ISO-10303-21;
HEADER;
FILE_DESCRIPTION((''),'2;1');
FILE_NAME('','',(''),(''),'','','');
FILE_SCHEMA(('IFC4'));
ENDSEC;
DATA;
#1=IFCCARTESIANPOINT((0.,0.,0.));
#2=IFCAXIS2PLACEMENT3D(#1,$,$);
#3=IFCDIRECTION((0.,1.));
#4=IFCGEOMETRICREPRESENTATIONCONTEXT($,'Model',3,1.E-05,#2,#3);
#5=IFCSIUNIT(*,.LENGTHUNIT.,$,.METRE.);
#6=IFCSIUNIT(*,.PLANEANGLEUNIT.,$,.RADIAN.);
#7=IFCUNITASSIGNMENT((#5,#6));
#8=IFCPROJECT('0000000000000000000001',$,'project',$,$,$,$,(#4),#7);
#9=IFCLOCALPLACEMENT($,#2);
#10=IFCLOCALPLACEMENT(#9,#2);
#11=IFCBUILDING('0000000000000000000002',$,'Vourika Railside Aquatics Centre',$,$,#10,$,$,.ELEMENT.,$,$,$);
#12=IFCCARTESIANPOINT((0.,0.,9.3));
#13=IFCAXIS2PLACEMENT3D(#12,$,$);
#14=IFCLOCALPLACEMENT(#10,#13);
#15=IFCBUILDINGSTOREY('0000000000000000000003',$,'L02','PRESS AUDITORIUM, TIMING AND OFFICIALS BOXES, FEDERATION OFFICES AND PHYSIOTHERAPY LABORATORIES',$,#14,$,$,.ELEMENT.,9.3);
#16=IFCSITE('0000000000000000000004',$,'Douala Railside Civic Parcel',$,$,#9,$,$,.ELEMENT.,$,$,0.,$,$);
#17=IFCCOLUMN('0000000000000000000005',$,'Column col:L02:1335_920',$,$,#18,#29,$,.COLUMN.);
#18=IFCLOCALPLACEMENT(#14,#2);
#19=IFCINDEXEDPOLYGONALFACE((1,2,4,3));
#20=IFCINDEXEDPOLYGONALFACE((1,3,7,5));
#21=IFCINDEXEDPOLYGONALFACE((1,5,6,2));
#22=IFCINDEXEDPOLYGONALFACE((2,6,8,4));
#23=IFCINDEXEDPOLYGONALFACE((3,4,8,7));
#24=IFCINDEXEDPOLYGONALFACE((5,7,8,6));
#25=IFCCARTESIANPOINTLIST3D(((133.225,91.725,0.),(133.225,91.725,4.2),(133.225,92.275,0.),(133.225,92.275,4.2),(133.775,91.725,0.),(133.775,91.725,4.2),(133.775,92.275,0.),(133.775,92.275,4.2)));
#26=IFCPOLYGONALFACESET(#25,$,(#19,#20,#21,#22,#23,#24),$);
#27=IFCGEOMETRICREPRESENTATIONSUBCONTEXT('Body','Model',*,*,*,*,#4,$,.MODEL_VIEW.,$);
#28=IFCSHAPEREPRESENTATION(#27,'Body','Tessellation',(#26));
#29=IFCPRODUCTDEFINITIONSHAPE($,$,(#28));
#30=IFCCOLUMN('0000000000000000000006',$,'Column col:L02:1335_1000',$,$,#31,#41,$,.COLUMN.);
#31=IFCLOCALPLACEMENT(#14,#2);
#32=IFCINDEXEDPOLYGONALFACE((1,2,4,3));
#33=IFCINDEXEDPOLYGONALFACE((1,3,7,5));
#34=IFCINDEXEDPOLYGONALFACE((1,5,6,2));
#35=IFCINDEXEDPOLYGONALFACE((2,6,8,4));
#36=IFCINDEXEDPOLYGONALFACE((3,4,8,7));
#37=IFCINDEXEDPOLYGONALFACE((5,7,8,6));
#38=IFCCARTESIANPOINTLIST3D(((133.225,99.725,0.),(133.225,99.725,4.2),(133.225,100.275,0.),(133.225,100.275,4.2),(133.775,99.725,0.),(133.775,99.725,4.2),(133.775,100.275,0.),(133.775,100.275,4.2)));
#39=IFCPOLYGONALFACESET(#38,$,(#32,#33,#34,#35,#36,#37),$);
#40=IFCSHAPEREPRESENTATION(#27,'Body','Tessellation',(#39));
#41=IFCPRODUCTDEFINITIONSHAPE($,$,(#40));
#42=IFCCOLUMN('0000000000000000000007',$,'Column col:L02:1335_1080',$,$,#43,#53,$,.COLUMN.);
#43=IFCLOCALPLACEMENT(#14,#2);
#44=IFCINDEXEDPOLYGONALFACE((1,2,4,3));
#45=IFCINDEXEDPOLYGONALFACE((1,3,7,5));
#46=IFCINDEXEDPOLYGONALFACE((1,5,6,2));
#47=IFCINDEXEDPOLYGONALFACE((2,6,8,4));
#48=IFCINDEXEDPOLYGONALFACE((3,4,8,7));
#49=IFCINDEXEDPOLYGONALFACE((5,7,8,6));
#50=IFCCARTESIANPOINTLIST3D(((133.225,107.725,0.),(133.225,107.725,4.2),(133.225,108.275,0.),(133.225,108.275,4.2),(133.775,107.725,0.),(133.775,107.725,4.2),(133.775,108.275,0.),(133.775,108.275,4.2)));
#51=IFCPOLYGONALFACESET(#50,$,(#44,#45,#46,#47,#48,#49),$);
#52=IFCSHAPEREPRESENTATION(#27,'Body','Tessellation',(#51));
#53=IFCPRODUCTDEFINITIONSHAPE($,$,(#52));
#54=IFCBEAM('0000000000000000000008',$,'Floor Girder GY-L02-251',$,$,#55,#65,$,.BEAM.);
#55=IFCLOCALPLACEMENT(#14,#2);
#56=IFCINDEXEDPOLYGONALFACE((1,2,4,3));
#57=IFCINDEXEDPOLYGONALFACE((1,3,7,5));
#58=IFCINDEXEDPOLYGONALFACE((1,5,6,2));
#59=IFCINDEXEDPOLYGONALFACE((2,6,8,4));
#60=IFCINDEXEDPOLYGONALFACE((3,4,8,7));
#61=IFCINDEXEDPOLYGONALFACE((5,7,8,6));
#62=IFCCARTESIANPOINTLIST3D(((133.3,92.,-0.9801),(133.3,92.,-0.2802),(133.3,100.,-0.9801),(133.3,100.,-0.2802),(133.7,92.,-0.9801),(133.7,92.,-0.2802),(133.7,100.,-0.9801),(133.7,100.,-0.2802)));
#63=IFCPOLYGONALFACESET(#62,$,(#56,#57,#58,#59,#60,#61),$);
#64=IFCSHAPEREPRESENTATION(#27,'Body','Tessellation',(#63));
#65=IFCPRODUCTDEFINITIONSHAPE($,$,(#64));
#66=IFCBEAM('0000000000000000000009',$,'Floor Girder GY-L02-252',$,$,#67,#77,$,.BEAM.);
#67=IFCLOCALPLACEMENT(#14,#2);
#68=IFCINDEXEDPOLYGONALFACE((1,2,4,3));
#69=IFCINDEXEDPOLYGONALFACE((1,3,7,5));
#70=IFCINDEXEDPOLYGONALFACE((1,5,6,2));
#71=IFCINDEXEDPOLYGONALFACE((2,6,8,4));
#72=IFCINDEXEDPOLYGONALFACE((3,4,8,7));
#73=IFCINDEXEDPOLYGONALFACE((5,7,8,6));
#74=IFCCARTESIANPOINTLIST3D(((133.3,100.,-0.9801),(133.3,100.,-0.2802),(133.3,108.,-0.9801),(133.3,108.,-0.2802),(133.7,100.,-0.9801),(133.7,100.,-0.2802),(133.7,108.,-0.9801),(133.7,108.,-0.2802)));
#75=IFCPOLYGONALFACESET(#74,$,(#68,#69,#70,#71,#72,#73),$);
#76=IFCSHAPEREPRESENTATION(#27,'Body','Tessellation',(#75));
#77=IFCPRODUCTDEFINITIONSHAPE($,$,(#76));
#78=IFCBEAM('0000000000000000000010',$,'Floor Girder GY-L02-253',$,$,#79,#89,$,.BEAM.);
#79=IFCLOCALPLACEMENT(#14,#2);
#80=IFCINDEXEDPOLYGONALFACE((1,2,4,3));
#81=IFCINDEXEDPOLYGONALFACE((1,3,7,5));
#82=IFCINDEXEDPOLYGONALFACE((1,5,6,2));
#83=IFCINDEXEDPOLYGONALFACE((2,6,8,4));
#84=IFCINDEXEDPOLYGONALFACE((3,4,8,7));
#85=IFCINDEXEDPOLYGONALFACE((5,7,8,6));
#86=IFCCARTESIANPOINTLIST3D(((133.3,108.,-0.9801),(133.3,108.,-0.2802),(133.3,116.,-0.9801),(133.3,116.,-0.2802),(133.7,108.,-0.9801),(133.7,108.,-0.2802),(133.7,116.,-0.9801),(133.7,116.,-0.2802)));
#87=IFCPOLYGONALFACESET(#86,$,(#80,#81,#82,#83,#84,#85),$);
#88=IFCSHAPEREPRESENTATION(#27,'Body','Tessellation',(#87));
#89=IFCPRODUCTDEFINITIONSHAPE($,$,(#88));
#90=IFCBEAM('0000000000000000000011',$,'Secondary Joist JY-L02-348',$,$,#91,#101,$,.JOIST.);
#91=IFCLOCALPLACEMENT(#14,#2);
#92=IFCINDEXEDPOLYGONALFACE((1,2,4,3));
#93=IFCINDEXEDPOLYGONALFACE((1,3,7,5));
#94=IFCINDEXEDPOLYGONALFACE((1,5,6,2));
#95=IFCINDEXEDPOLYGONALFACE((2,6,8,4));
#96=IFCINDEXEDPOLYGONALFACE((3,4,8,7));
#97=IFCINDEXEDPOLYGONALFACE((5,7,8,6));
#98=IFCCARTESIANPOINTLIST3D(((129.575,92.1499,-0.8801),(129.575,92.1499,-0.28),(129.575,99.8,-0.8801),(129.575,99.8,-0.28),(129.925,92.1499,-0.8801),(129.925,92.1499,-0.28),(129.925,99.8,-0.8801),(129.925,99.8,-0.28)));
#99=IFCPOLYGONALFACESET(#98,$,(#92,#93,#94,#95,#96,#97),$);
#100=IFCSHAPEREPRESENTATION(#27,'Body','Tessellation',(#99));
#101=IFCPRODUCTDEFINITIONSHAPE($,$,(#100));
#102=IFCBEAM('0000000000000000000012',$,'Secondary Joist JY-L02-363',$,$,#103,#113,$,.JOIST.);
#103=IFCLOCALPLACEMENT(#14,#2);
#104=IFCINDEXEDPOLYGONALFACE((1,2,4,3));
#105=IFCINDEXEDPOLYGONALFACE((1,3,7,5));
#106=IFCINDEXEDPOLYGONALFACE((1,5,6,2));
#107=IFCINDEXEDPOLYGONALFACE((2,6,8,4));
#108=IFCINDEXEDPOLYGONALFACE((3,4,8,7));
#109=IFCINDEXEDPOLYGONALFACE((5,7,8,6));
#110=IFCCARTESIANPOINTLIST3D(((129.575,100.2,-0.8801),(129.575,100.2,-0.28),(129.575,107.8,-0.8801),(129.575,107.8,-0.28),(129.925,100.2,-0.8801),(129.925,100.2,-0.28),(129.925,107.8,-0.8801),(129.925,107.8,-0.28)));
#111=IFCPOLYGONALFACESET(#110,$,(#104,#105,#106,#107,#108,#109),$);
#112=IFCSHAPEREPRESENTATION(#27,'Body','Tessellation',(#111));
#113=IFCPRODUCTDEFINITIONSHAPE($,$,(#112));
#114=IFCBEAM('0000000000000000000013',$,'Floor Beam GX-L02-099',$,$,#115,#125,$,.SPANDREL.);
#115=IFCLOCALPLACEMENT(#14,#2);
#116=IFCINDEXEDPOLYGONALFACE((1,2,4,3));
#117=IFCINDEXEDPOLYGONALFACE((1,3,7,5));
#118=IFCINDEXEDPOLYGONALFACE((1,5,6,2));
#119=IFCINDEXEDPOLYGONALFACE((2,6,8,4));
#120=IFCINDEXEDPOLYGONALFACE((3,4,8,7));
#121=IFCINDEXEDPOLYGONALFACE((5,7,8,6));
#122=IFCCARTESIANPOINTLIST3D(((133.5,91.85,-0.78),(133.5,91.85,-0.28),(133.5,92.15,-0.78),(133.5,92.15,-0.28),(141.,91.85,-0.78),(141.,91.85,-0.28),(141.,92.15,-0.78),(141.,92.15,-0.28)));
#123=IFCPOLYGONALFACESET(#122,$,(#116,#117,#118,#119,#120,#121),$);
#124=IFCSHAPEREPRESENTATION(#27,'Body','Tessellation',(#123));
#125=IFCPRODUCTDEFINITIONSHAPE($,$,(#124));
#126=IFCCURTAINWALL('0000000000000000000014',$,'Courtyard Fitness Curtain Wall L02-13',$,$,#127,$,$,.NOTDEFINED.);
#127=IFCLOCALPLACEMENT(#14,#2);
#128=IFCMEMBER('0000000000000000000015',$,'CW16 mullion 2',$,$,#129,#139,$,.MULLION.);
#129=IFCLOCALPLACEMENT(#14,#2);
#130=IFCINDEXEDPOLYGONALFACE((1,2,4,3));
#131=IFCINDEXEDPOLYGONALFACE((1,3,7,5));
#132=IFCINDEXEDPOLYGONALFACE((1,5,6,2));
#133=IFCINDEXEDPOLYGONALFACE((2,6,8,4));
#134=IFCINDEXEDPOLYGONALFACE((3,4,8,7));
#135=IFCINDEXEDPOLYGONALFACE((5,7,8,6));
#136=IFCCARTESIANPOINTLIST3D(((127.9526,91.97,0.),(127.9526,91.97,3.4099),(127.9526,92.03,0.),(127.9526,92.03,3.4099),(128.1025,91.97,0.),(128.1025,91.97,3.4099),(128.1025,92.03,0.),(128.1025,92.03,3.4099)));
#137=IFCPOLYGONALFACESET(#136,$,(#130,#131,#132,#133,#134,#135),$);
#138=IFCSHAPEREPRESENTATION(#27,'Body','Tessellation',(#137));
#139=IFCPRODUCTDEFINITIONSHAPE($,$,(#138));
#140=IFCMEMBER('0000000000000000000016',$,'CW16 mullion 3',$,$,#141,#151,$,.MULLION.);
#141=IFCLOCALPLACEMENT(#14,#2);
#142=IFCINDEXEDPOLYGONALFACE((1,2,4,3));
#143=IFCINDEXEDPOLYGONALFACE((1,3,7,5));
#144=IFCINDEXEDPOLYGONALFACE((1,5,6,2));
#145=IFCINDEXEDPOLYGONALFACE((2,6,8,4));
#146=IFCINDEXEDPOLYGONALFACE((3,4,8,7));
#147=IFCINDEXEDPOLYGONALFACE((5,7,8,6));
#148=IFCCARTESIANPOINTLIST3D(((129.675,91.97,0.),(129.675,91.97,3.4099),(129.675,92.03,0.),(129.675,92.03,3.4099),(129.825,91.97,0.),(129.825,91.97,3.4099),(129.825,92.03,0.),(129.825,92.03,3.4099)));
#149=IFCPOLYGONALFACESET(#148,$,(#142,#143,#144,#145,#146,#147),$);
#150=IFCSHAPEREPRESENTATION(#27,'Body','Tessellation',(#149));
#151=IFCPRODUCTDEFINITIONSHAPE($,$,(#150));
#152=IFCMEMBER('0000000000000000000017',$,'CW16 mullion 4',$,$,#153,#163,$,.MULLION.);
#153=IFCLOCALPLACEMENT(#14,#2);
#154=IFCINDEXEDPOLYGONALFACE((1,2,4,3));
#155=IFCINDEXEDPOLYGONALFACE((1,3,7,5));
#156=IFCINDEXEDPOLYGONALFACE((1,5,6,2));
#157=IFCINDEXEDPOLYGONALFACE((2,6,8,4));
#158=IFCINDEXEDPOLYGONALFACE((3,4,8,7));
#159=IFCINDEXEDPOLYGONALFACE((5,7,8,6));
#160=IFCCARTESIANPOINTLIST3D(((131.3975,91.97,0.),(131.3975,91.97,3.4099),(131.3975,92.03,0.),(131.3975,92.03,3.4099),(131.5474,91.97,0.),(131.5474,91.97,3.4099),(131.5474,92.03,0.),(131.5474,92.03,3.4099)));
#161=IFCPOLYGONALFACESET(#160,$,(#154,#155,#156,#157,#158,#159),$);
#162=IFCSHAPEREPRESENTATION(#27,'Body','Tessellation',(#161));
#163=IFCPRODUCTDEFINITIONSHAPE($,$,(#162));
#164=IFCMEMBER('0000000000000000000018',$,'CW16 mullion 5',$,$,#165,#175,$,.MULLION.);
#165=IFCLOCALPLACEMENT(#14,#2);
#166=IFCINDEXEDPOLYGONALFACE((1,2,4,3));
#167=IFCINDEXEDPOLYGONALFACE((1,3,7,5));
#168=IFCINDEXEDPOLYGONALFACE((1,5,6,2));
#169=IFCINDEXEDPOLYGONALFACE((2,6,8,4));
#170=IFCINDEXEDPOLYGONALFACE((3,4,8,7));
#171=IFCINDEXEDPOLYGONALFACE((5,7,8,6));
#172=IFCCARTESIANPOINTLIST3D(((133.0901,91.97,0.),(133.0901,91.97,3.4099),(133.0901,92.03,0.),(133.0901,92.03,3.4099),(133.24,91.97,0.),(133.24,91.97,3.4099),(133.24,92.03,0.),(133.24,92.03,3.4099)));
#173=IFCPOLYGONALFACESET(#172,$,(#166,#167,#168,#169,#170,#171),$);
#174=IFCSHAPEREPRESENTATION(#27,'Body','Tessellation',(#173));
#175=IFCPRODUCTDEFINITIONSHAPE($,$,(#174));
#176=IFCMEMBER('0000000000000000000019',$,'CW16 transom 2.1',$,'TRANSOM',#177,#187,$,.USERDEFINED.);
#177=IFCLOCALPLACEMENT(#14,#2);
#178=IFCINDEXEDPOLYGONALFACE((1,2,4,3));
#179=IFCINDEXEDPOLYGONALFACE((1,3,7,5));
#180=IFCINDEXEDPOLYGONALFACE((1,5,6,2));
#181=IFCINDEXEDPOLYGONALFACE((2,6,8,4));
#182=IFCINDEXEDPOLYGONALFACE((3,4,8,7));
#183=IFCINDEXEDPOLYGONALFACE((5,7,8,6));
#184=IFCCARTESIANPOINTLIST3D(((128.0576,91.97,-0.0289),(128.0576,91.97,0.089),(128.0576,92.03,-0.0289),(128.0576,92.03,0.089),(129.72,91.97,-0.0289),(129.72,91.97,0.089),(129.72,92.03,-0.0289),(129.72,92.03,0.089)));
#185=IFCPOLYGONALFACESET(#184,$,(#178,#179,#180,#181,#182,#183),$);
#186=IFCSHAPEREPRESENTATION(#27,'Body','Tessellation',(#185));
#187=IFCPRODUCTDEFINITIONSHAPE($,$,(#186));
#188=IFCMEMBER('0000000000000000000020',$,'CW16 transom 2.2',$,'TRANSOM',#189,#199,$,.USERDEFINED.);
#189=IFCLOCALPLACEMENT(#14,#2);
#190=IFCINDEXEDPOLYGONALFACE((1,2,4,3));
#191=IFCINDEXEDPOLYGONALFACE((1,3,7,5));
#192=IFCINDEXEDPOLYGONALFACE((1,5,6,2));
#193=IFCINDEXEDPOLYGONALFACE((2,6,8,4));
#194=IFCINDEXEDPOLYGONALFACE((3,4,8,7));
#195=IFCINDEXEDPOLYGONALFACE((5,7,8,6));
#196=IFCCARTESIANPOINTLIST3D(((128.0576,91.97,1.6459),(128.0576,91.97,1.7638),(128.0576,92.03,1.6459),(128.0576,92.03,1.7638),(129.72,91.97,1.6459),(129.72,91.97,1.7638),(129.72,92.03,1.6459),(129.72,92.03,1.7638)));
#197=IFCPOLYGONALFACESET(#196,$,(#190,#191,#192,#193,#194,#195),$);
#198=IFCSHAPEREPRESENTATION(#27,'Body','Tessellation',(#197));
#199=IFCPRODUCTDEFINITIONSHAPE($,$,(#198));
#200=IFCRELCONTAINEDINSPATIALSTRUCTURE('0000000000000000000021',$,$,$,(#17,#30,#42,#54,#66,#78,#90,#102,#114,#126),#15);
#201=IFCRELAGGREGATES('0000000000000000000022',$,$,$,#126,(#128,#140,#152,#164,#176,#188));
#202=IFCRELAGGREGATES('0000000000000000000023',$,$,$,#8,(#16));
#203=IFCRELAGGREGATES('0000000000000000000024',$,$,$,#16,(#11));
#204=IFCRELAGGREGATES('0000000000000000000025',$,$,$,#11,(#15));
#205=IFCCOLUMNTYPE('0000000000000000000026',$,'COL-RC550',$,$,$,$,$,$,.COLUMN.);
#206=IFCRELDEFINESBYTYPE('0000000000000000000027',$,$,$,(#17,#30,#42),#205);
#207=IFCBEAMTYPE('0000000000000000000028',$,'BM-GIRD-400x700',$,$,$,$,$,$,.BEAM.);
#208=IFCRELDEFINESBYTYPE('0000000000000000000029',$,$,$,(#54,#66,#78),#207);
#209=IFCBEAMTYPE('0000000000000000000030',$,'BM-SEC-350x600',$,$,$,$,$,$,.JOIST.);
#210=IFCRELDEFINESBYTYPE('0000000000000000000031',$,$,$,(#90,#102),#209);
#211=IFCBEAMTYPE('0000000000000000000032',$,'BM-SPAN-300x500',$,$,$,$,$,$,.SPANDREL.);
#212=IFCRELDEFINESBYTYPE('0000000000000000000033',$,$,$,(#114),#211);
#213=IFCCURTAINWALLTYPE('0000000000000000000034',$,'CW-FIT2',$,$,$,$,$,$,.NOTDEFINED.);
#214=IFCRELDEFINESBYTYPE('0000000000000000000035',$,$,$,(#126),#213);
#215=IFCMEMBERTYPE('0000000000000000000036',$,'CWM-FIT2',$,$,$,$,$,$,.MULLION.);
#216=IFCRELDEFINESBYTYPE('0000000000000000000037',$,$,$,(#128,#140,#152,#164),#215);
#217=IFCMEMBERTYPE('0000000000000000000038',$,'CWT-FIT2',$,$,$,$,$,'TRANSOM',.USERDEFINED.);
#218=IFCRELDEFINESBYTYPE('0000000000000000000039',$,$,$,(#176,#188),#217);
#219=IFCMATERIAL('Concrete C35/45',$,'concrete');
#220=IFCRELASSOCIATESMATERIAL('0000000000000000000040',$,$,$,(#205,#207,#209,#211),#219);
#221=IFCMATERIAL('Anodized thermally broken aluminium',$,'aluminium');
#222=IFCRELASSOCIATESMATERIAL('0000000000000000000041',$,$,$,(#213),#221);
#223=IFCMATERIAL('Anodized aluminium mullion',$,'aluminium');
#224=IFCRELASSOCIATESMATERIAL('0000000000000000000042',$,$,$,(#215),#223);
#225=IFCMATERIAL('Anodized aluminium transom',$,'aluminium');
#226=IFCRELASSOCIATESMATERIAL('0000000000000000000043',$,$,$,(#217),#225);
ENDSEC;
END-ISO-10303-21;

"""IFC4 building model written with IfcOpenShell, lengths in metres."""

from ifc_helpers import new_model, si_unit, direction, frame, origin, origin_2d, place, context, subcontext, project, spatial, rectangle, extrude, material, material_profile, profile_set, type_object, element, aggregate, save


model = new_model("IFC4")

# Units and contexts
model_context = context("Model", 3, precision=1e-05, world=origin(), true_north=direction((0.0, 1.0)))
body_context = subcontext(model_context, "Body", "Model", "MODEL_VIEW")
ifc_project = project(units=[si_unit("LENGTHUNIT", "METRE"), si_unit("PLANEANGLEUNIT", "RADIAN")], contexts=[model_context])

# Site, building, storey
site_placement = place(None, origin())
site = spatial("IfcSite", under=ifc_project, at=site_placement, Name="Douala Railside Civic Parcel", CompositionType="ELEMENT", RefElevation=0.0)
building_placement = place(site_placement, origin())
building = spatial("IfcBuilding", under=site, at=building_placement, Name="Vourika Railside Aquatics Centre", CompositionType="ELEMENT")
storey_placement = place(building_placement, frame((0.0, 0.0, 9.3)))
storey = spatial("IfcBuildingStorey", under=building, at=storey_placement, Name="L02", Description="PRESS AUDITORIUM, TIMING AND OFFICIALS BOXES, FEDERATION OFFICES AND PHYSIOTHERAPY LABORATORIES", CompositionType="ELEMENT", Elevation=9.3)

# Columns
ifc_material_1 = material(Name="Concrete C35/45", Category="concrete")
ifc_material_profile_1 = material_profile(ifc_material_1, rectangle(XDim=0.55, YDim=0.55, at=origin_2d()), Name="RC 550x550")
ifc_profile_set_1 = profile_set([ifc_material_profile_1], Name="Concrete C35/45")
column_type = type_object("IfcColumnType", Name="COL-RC550", PredefinedType="COLUMN", material=ifc_profile_set_1)
for number, where, z_axis, x_axis, name in (
    (1, (133.5, 92.0, 0.0), (0.0, 0.0, 1.0), (1.0, 0.0, 0.0), "Column col:L02:1335_920"),
    (2, (133.5, 100.0, 0.0), (0.0, 0.0, 1.0), (1.0, 0.0, 0.0), "Column col:L02:1335_1000"),
    (3, (133.5, 108.0, 0.0), (0.0, 0.0, 1.0), (1.0, 0.0, 0.0), "Column col:L02:1335_1080"),
):
    element("IfcColumn", number, at=place(storey_placement, frame(where, z_axis=z_axis, x_axis=x_axis)), inside=storey, type_object=column_type, Name=name, PredefinedType="COLUMN", context=body_context, shape_type="SweptSolid", body=[
        extrude(rectangle(XDim=0.55, YDim=0.55, at=origin_2d()), origin(), (0.0, 0.0, 1.0), 4.2),
    ])

# Beams
ifc_material_profile_2 = material_profile(ifc_material_1, rectangle(XDim=0.3999, YDim=0.7, at=origin_2d()), Name="RC 400x700")
ifc_profile_set_2 = profile_set([ifc_material_profile_2], Name="Concrete C35/45")
beam_type_1 = type_object("IfcBeamType", Name="BM-GIRD-400x700", PredefinedType="BEAM", material=ifc_profile_set_2)
for number, where, z_axis, x_axis, name in (
    (4, (133.5, 92.0, -0.6301), (0.0, 1.0, 0.0), (-1.0, 0.0, 0.0), "Floor Girder GY-L02-251"),
    (5, (133.5, 100.0, -0.6301), (0.0, 1.0, 0.0), (-1.0, 0.0, 0.0), "Floor Girder GY-L02-252"),
    (6, (133.5, 108.0, -0.6301), (0.0, 1.0, 0.0), (-1.0, 0.0, 0.0), "Floor Girder GY-L02-253"),
):
    element("IfcBeam", number, at=place(storey_placement, frame(where, z_axis=z_axis, x_axis=x_axis)), inside=storey, type_object=beam_type_1, Name=name, PredefinedType="BEAM", context=body_context, shape_type="SweptSolid", body=[
        extrude(rectangle(XDim=0.3999, YDim=0.7, at=origin_2d()), origin(), (0.0, 0.0, 1.0), 8.0),
    ])
ifc_material_profile_3 = material_profile(ifc_material_1, rectangle(XDim=0.3501, YDim=0.6001, at=origin_2d()), Name="RC 350x600")
ifc_profile_set_3 = profile_set([ifc_material_profile_3], Name="Concrete C35/45")
beam_type_2 = type_object("IfcBeamType", Name="BM-SEC-350x600", PredefinedType="JOIST", material=ifc_profile_set_3)
beam_1_placement = place(storey_placement, frame((129.75, 92.1499, -0.5801), z_axis=(0.0, 1.0, 0.0), x_axis=(-1.0, 0.0, 0.0)))
element("IfcBeam", 7, at=beam_1_placement, inside=storey, type_object=beam_type_2, Name="Secondary Joist JY-L02-348", PredefinedType="JOIST", context=body_context, shape_type="SweptSolid", body=[
    extrude(rectangle(XDim=0.3501, YDim=0.6001, at=origin_2d()), origin(), (0.0, 0.0, 1.0), 7.6501),
])
beam_2_placement = place(storey_placement, frame((129.75, 100.2, -0.5801), z_axis=(0.0, 1.0, 0.0), x_axis=(-1.0, 0.0, 0.0)))
element("IfcBeam", 8, at=beam_2_placement, inside=storey, type_object=beam_type_2, Name="Secondary Joist JY-L02-363", PredefinedType="JOIST", context=body_context, shape_type="SweptSolid", body=[
    extrude(rectangle(XDim=0.3501, YDim=0.6001, at=origin_2d()), origin(), (0.0, 0.0, 1.0), 7.6001),
])
ifc_material_profile_4 = material_profile(ifc_material_1, rectangle(XDim=0.3, YDim=0.5, at=origin_2d()), Name="RC 300x500")
ifc_profile_set_4 = profile_set([ifc_material_profile_4], Name="Concrete C35/45")
beam_type_3 = type_object("IfcBeamType", Name="BM-SPAN-300x500", PredefinedType="SPANDREL", material=ifc_profile_set_4)
beam_3_placement = place(storey_placement, frame((133.5, 92.0, -0.53), z_axis=(1.0, 0.0, 0.0), x_axis=(0.0, 1.0, 0.0)))
element("IfcBeam", 9, at=beam_3_placement, inside=storey, type_object=beam_type_3, Name="Floor Beam GX-L02-099", PredefinedType="SPANDREL", context=body_context, shape_type="SweptSolid", body=[
    extrude(rectangle(XDim=0.3, YDim=0.5, at=origin_2d()), origin(), (0.0, 0.0, 1.0), 7.5),
])

# Curtain wall, members
ifc_material_2 = material(Name="Anodized thermally broken aluminium", Category="aluminium")
curtain_wall_type = type_object("IfcCurtainWallType", Name="CW-FIT2", PredefinedType="NOTDEFINED", material=ifc_material_2)
curtain_wall_placement = place(storey_placement, origin())
curtain_wall = element("IfcCurtainWall", 10, at=curtain_wall_placement, inside=storey, type_object=curtain_wall_type, Name="Courtyard Fitness Curtain Wall L02-13", PredefinedType="NOTDEFINED")
ifc_material_3 = material(Name="Anodized aluminium mullion", Category="aluminium")
ifc_material_profile_5 = material_profile(ifc_material_3, rectangle(XDim=0.0601, YDim=0.1499, at=origin_2d()), Name="ALU-M 60x150")
ifc_profile_set_5 = profile_set([ifc_material_profile_5], Name="Anodized aluminium mullion")
member_type_1 = type_object("IfcMemberType", Name="CWM-FIT2", PredefinedType="MULLION", material=ifc_profile_set_5)
member_1_placement = place(storey_placement, frame((128.0276, 92.0, 0.0), z_axis=(0.0, 0.0, 1.0), x_axis=(0.0, 1.0, 0.0)))
member_1 = element("IfcMember", 11, at=member_1_placement, type_object=member_type_1, Name="CW16 mullion 2", PredefinedType="MULLION", context=body_context, shape_type="SweptSolid", body=[
    extrude(rectangle(XDim=0.0601, YDim=0.1499, at=origin_2d()), origin(), (0.0, 0.0, 1.0), 3.4099),
])
member_2_placement = place(storey_placement, frame((129.75, 92.0, 0.0), z_axis=(0.0, 0.0, 1.0), x_axis=(0.0, 1.0, 0.0)))
member_2 = element("IfcMember", 12, at=member_2_placement, type_object=member_type_1, Name="CW16 mullion 3", PredefinedType="MULLION", context=body_context, shape_type="SweptSolid", body=[
    extrude(rectangle(XDim=0.0601, YDim=0.1499, at=origin_2d()), origin(), (0.0, 0.0, 1.0), 3.4099),
])
member_3_placement = place(storey_placement, frame((131.4724, 92.0, 0.0), z_axis=(0.0, 0.0, 1.0), x_axis=(0.0, 1.0, 0.0)))
member_3 = element("IfcMember", 13, at=member_3_placement, type_object=member_type_1, Name="CW16 mullion 4", PredefinedType="MULLION", context=body_context, shape_type="SweptSolid", body=[
    extrude(rectangle(XDim=0.0601, YDim=0.1499, at=origin_2d()), origin(), (0.0, 0.0, 1.0), 3.4099),
])
member_4_placement = place(storey_placement, frame((133.165, 92.0, 0.0), z_axis=(0.0, 0.0, 1.0), x_axis=(0.0, 1.0, 0.0)))
member_4 = element("IfcMember", 14, at=member_4_placement, type_object=member_type_1, Name="CW16 mullion 5", PredefinedType="MULLION", context=body_context, shape_type="SweptSolid", body=[
    extrude(rectangle(XDim=0.0601, YDim=0.1499, at=origin_2d()), origin(), (0.0, 0.0, 1.0), 3.4099),
])
ifc_material_4 = material(Name="Anodized aluminium transom", Category="aluminium")
ifc_material_profile_6 = material_profile(ifc_material_4, rectangle(XDim=0.0601, YDim=0.1179, at=origin_2d()), Name="ALU-T 60x118")
ifc_profile_set_6 = profile_set([ifc_material_profile_6], Name="Anodized aluminium transom")
member_type_2 = type_object("IfcMemberType", Name="CWT-FIT2", ElementType="TRANSOM", PredefinedType="USERDEFINED", material=ifc_profile_set_6)
member_5_placement = place(storey_placement, frame((128.0576, 92.0, 0.03), z_axis=(1.0, 0.0, 0.0), x_axis=(0.0, 1.0, 0.0)))
member_5 = element("IfcMember", 15, at=member_5_placement, type_object=member_type_2, Name="CW16 transom 2.1", ObjectType="TRANSOM", PredefinedType="USERDEFINED", context=body_context, shape_type="SweptSolid", body=[
    extrude(rectangle(XDim=0.0601, YDim=0.1179, at=origin_2d()), origin(), (0.0, 0.0, 1.0), 1.6624),
])
member_6_placement = place(storey_placement, frame((128.0576, 92.0, 1.7048), z_axis=(1.0, 0.0, 0.0), x_axis=(0.0, 1.0, 0.0)))
member_6 = element("IfcMember", 16, at=member_6_placement, type_object=member_type_2, Name="CW16 transom 2.2", ObjectType="TRANSOM", PredefinedType="USERDEFINED", context=body_context, shape_type="SweptSolid", body=[
    extrude(rectangle(XDim=0.0601, YDim=0.1179, at=origin_2d()), origin(), (0.0, 0.0, 1.0), 1.6624),
])
aggregate(curtain_wall, [member_1, member_2, member_3, member_4, member_5, member_6])

save(model, "model.ifc")
